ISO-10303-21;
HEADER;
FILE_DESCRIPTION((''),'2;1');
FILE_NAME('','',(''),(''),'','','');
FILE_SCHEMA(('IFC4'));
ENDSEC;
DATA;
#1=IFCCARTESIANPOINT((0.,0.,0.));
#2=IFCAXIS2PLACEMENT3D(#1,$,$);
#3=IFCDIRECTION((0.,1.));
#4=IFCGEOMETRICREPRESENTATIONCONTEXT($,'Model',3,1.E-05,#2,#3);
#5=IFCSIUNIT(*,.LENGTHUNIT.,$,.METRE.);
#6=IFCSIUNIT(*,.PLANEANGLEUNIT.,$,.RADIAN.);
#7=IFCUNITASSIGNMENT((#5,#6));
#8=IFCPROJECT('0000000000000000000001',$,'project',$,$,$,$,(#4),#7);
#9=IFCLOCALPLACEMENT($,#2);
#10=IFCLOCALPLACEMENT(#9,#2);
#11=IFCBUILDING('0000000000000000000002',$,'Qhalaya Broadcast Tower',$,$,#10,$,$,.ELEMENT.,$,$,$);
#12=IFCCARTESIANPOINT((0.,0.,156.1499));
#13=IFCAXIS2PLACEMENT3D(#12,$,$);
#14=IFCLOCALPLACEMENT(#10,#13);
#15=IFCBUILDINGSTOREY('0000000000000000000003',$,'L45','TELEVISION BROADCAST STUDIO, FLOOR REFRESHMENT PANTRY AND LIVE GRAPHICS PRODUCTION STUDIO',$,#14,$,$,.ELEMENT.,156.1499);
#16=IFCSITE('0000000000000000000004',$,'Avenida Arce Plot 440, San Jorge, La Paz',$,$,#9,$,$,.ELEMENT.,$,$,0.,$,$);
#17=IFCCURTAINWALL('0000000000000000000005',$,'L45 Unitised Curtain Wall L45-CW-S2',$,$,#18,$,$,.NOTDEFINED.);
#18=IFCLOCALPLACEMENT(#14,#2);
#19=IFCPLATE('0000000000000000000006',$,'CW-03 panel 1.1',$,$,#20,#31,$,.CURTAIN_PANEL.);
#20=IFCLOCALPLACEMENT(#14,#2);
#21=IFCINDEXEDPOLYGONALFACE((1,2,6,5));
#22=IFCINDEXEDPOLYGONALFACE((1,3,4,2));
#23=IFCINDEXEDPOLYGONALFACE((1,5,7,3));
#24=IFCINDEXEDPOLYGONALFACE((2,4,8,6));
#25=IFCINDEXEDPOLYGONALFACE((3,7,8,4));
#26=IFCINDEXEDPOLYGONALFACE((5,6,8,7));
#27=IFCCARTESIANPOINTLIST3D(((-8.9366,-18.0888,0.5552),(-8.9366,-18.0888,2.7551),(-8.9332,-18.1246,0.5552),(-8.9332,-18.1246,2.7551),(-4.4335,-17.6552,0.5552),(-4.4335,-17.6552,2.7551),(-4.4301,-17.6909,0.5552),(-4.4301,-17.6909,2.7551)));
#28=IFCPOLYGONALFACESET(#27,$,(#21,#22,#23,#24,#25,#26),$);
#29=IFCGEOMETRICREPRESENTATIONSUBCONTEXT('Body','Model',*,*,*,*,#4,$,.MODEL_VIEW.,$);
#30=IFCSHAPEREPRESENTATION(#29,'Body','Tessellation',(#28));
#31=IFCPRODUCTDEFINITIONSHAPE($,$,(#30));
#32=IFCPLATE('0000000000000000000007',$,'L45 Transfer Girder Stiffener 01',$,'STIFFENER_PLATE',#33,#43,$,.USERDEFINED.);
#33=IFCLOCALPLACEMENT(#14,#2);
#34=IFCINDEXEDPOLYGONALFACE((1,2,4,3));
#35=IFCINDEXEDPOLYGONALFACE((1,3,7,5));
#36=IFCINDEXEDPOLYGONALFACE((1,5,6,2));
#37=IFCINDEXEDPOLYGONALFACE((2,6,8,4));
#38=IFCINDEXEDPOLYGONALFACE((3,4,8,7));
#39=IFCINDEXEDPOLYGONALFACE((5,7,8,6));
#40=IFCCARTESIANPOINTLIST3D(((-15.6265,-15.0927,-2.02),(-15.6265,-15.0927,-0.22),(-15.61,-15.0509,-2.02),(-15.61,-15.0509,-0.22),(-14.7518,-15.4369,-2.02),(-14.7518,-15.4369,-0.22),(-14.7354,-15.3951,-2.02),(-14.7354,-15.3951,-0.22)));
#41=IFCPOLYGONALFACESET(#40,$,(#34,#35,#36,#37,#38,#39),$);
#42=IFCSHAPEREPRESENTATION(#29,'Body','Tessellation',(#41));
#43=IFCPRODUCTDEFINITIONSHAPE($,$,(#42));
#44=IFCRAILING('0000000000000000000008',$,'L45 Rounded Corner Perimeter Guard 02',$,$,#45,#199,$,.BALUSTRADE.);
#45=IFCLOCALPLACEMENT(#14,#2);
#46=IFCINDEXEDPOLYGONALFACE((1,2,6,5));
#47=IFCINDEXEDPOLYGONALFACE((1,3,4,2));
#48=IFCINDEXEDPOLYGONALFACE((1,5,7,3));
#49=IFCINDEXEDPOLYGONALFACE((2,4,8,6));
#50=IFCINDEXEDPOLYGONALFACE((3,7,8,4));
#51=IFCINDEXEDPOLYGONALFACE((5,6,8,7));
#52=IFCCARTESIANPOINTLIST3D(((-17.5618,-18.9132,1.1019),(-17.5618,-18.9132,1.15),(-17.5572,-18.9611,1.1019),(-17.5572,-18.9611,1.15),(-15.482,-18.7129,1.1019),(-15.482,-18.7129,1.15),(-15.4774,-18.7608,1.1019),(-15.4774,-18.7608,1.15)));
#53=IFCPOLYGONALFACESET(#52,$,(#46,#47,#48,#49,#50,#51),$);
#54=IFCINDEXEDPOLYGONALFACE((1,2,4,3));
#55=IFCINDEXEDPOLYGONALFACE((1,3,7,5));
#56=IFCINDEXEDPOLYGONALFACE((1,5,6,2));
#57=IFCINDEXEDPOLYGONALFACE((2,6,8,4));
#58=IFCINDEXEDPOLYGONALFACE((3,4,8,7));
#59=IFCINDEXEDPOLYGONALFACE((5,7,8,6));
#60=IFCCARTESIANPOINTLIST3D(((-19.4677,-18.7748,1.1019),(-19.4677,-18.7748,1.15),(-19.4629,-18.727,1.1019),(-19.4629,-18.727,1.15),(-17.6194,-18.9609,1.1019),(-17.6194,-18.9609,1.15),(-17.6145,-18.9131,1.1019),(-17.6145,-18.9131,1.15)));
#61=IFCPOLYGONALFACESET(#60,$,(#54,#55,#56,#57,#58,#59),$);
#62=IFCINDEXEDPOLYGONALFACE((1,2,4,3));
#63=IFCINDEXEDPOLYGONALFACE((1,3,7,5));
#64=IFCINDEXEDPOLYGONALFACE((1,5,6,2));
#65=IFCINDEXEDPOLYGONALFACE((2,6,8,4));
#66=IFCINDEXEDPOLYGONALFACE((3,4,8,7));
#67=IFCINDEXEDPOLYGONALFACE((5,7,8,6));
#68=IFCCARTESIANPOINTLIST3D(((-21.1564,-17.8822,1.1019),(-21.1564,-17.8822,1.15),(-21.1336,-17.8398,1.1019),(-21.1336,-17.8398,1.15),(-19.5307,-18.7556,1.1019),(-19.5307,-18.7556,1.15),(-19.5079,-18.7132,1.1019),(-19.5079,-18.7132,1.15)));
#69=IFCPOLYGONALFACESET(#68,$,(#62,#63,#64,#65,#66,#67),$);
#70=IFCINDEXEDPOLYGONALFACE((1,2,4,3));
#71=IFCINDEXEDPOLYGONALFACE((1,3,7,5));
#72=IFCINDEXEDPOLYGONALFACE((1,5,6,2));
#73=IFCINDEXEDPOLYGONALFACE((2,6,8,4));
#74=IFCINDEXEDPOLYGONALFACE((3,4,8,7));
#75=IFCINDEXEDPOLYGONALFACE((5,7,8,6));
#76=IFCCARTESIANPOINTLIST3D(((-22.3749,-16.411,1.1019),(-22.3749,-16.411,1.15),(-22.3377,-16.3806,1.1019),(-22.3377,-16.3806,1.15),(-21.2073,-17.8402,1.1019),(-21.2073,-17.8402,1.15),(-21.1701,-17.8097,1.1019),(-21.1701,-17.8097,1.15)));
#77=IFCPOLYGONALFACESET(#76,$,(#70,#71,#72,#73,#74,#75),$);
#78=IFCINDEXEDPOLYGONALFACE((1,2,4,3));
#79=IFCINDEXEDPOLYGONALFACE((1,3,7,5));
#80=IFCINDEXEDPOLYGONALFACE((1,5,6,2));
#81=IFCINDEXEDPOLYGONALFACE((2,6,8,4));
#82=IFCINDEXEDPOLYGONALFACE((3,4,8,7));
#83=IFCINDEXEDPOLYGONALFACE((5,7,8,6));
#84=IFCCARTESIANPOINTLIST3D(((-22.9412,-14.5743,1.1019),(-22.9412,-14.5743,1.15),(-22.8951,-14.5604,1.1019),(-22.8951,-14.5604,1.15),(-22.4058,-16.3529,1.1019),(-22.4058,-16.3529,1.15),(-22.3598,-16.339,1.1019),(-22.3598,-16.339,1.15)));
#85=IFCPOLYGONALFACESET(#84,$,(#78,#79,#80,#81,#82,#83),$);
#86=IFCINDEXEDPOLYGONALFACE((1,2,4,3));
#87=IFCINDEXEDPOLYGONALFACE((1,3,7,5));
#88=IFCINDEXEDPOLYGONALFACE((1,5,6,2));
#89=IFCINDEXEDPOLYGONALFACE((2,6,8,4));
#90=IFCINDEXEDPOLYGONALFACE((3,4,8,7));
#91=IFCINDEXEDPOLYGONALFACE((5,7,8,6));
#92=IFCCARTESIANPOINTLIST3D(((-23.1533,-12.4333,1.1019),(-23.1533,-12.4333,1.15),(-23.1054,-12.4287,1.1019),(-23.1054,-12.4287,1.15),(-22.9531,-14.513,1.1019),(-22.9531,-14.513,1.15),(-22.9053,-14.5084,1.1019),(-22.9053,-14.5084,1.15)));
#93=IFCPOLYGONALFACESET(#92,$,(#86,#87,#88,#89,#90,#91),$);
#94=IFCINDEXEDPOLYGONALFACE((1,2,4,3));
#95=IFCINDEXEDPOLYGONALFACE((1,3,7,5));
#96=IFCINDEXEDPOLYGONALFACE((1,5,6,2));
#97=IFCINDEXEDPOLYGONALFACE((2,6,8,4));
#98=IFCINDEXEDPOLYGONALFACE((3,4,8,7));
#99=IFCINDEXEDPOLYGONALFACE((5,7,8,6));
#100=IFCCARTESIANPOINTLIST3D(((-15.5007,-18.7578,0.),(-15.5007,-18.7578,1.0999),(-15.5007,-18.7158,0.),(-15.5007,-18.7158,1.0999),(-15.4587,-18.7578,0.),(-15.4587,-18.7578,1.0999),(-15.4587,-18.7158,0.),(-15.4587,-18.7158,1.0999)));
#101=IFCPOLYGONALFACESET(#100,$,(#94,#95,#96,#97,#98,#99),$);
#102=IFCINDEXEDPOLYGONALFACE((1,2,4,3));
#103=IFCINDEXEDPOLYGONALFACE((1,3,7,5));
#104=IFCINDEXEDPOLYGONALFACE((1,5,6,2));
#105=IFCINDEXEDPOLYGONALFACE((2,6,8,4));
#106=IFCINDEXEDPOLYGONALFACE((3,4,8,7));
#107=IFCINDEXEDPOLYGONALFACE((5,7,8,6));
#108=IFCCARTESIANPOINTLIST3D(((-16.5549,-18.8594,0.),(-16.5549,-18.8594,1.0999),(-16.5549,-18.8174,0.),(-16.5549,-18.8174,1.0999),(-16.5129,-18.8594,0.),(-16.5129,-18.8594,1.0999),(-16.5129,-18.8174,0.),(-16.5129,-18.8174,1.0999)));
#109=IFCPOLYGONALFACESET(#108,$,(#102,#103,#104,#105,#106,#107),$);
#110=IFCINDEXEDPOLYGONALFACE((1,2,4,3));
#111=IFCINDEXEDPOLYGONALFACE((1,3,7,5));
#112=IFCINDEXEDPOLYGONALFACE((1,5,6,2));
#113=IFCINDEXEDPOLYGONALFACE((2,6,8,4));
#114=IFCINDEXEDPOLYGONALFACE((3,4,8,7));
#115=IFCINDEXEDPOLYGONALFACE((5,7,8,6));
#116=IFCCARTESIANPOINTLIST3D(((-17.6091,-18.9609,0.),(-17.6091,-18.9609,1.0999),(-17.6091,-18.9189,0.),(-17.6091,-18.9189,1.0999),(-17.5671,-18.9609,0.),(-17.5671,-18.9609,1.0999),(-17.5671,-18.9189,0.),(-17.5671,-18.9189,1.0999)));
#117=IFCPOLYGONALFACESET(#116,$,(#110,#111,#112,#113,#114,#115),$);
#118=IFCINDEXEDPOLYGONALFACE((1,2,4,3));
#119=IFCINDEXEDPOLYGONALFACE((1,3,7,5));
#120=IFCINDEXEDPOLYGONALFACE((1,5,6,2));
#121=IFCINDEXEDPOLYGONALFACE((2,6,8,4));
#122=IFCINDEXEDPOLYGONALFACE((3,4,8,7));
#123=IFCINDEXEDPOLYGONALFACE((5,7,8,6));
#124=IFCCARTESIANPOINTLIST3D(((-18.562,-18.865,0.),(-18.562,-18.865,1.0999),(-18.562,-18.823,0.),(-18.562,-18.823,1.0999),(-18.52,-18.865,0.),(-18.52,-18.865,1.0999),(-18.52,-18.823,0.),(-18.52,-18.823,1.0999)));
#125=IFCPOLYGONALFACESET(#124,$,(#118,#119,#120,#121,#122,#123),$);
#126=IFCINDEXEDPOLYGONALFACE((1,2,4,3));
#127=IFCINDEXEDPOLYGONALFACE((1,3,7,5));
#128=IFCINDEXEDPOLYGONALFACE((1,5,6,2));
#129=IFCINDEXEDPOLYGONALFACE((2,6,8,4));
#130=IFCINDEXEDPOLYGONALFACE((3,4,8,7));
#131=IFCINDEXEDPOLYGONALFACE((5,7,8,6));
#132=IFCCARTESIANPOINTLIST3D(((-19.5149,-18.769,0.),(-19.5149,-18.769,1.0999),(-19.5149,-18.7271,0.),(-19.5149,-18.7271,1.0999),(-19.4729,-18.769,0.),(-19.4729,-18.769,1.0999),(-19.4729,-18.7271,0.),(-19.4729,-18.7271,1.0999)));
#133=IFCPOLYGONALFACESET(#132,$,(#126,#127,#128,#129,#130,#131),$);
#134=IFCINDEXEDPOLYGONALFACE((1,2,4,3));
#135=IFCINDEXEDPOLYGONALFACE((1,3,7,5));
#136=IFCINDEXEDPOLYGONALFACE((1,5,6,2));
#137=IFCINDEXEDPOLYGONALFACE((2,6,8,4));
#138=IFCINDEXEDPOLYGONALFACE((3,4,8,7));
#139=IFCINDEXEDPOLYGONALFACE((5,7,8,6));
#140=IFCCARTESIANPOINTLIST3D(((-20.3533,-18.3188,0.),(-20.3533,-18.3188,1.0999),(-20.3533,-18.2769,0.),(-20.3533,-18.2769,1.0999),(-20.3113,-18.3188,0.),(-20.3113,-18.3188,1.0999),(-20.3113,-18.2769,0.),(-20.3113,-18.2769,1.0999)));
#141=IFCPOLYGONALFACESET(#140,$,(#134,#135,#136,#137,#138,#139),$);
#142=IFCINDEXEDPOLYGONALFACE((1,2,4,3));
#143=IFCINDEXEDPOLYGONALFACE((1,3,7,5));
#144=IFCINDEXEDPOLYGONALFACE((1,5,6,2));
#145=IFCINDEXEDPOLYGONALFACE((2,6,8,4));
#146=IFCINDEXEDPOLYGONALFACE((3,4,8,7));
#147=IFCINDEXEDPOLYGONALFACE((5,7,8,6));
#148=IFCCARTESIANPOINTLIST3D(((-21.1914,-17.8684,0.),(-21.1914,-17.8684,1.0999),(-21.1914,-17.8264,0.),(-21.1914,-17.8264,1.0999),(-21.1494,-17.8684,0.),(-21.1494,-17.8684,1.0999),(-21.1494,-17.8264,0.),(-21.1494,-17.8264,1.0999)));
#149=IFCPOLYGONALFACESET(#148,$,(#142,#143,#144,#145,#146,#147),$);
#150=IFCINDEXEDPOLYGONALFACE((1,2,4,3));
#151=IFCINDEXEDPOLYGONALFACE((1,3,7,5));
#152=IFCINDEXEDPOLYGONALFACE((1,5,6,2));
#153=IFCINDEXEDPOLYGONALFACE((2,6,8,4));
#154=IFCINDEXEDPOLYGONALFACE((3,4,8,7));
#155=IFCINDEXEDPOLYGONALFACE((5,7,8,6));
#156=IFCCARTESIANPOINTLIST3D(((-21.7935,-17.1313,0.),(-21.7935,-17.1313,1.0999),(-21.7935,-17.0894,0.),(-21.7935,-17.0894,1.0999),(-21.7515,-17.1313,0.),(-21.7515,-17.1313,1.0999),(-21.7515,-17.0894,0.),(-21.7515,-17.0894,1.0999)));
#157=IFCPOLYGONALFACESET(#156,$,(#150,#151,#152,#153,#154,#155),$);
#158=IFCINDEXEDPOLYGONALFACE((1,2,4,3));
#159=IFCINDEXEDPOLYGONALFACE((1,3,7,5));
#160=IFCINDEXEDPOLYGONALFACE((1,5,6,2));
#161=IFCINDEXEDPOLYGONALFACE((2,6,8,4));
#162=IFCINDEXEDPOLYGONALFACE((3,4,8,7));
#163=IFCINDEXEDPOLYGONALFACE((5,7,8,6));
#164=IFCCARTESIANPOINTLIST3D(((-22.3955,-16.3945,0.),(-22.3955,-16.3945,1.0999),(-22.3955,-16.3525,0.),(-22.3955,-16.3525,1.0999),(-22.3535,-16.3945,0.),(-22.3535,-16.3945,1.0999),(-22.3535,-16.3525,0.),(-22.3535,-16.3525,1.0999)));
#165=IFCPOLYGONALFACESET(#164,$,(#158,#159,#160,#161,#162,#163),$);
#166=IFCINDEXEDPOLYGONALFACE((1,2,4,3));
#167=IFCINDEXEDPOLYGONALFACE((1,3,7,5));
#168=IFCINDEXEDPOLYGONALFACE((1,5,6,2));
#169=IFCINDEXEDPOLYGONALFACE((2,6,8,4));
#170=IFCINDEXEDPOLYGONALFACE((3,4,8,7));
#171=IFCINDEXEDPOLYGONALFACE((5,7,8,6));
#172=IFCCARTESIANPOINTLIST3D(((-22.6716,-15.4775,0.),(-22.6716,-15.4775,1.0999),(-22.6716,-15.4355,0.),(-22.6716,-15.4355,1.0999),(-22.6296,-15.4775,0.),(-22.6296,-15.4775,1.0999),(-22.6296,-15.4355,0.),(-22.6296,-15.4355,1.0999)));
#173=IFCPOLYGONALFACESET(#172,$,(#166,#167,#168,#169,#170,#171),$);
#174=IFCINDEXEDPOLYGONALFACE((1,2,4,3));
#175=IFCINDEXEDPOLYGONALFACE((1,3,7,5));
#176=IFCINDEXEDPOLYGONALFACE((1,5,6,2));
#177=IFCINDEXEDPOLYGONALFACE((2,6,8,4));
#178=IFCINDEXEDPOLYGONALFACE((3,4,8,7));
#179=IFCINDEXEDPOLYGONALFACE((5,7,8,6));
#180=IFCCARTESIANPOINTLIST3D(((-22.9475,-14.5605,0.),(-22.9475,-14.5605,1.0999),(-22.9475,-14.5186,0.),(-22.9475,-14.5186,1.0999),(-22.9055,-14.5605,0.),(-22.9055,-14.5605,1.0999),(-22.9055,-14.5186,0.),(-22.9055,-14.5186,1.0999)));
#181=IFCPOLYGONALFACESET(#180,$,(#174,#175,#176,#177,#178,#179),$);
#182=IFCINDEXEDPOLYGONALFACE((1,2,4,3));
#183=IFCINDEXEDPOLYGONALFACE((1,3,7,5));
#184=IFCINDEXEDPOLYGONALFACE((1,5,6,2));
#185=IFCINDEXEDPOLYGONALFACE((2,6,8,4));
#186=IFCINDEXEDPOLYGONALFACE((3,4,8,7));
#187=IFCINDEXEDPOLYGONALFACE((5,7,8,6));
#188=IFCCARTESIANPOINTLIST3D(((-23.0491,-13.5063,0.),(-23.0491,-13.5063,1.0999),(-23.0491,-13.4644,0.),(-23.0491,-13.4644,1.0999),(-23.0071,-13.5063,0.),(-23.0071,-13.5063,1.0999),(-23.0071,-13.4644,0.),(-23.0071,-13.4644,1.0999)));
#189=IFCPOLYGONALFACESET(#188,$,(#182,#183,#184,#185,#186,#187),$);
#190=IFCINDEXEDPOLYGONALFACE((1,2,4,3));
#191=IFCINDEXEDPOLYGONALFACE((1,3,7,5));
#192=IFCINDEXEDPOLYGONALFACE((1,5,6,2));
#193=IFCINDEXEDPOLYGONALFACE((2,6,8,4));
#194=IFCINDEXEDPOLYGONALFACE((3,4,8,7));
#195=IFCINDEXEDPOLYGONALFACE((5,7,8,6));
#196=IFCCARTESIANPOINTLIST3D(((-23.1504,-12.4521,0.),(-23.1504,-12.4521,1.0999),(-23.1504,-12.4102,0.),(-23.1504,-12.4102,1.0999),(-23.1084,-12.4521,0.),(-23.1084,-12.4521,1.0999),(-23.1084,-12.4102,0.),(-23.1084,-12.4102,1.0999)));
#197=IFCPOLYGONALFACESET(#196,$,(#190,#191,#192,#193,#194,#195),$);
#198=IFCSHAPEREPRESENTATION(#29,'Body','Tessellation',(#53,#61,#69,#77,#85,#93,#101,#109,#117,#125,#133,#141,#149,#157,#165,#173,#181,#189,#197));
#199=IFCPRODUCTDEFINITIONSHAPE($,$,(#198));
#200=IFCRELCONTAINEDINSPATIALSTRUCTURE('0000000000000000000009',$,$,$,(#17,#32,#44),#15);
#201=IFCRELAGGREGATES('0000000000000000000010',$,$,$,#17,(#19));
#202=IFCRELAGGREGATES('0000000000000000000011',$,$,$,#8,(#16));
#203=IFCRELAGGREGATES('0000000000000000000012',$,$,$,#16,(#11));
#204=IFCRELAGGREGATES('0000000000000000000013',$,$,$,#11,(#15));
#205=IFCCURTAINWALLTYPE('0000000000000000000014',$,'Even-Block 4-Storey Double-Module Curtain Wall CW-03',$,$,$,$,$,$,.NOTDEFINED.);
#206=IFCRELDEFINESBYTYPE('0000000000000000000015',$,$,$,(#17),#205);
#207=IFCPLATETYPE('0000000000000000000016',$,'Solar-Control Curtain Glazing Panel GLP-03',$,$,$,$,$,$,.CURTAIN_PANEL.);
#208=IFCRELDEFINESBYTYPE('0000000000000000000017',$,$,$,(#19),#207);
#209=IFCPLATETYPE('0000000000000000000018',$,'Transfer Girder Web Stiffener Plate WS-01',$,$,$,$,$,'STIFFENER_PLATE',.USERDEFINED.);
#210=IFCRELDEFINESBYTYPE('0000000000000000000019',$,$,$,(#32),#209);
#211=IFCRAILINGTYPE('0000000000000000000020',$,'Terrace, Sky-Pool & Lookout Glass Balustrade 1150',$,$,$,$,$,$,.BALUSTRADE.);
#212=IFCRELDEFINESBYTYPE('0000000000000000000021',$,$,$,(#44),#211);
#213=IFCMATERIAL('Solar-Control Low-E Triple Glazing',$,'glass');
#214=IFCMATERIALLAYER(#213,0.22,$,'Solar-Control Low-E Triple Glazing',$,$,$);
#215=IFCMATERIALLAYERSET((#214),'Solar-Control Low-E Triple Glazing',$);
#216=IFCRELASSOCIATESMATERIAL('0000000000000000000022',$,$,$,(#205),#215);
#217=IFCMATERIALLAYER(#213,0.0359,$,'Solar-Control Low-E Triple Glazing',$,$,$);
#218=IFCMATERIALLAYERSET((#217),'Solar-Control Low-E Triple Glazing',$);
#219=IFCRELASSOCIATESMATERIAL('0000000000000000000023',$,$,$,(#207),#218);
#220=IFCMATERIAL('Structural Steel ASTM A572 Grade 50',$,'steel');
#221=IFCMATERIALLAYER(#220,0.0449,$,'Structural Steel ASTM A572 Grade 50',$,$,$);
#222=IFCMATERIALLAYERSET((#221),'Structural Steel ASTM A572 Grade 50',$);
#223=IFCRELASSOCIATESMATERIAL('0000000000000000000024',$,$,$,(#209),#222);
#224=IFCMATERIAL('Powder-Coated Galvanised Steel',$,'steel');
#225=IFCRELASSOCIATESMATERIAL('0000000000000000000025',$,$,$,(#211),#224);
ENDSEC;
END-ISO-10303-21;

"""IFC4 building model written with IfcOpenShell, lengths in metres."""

from ifc_helpers import new_model, si_unit, direction, frame, origin, origin_2d, place, context, subcontext, project, spatial, rectangle, extrude, material, layer, layer_set, type_object, element, aggregate, save


model = new_model("IFC4")

# Units and contexts
model_context = context("Model", 3, precision=1e-05, world=origin(), true_north=direction((0.0, 1.0)))
body_context = subcontext(model_context, "Body", "Model", "MODEL_VIEW")
ifc_project = project(units=[si_unit("LENGTHUNIT", "METRE"), si_unit("PLANEANGLEUNIT", "RADIAN")], contexts=[model_context])

# Site, building, storey
site_placement = place(None, origin())
site = spatial("IfcSite", under=ifc_project, at=site_placement, Name="Avenida Arce Plot 440, San Jorge, La Paz", CompositionType="ELEMENT", RefElevation=0.0)
building_placement = place(site_placement, origin())
building = spatial("IfcBuilding", under=site, at=building_placement, Name="Qhalaya Broadcast Tower", CompositionType="ELEMENT")
storey_placement = place(building_placement, frame((0.0, 0.0, 156.1499)))
storey = spatial("IfcBuildingStorey", under=building, at=storey_placement, Name="L45", Description="TELEVISION BROADCAST STUDIO, FLOOR REFRESHMENT PANTRY AND LIVE GRAPHICS PRODUCTION STUDIO", CompositionType="ELEMENT", Elevation=156.1499)

# Shared definitions
ifc_material_1 = material(Name="Structural Steel ASTM A572 Grade 50", Category="steel")

# Curtain wall
ifc_material_2 = material(Name="Solar-Control Low-E Triple Glazing", Category="glass")
ifc_layer_1 = layer(ifc_material_2, 0.22, Name="Solar-Control Low-E Triple Glazing")
ifc_layer_set_1 = layer_set([ifc_layer_1], Name="Solar-Control Low-E Triple Glazing")
curtain_wall_type_1 = type_object("IfcCurtainWallType", Name="Even-Block 4-Storey Double-Module Curtain Wall CW-03", PredefinedType="NOTDEFINED", material=ifc_layer_set_1)
curtain_wall_1_placement = place(storey_placement, origin())
curtain_wall_1 = element("IfcCurtainWall", 1, at=curtain_wall_1_placement, inside=storey, type_object=curtain_wall_type_1, Name="L45 Unitised Curtain Wall L45-CW-S2", PredefinedType="NOTDEFINED")

# Plates
ifc_layer_2 = layer(ifc_material_2, 0.0359, Name="Solar-Control Low-E Triple Glazing")
ifc_layer_set_2 = layer_set([ifc_layer_2], Name="Solar-Control Low-E Triple Glazing")
plate_type_1 = type_object("IfcPlateType", Name="Solar-Control Curtain Glazing Panel GLP-03", PredefinedType="CURTAIN_PANEL", material=ifc_layer_set_2)
plate_1_placement = place(storey_placement, frame((-6.6833, -17.8899, 0.5552), z_axis=(0.0, 0.0, 1.0), x_axis=(0.995396, 0.095849, 0.0)))
plate_1 = element("IfcPlate", 2, at=plate_1_placement, type_object=plate_type_1, Name="CW-03 panel 1.1", PredefinedType="CURTAIN_PANEL", context=body_context, shape_type="SweptSolid", body=[
    extrude(rectangle(XDim=4.5239, YDim=0.0359, at=origin_2d()), origin(), (0.0, 0.0, 1.0), 2.2),
])
aggregate(curtain_wall_1, [plate_1])
ifc_layer_3 = layer(ifc_material_1, 0.0449, Name="Structural Steel ASTM A572 Grade 50")
ifc_layer_set_3 = layer_set([ifc_layer_3], Name="Structural Steel ASTM A572 Grade 50")
plate_type_2 = type_object("IfcPlateType", Name="Transfer Girder Web Stiffener Plate WS-01", ElementType="STIFFENER_PLATE", PredefinedType="USERDEFINED", material=ifc_layer_set_3)
plate_2_placement = place(storey_placement, frame((-15.1809, -15.2439, -2.02), z_axis=(0.0, 0.0, 1.0), x_axis=(0.93052, -0.366241, 0.0)))
element("IfcPlate", 3, at=plate_2_placement, inside=storey, type_object=plate_type_2, Name="L45 Transfer Girder Stiffener 01", ObjectType="STIFFENER_PLATE", PredefinedType="USERDEFINED", context=body_context, shape_type="SweptSolid", body=[
    extrude(rectangle(XDim=0.9399, YDim=0.0449, at=origin_2d()), origin(), (0.0, 0.0, 1.0), 1.8),
])

# Railing
ifc_material_3 = material(Name="Powder-Coated Galvanised Steel", Category="steel")
railing_type = type_object("IfcRailingType", Name="Terrace, Sky-Pool & Lookout Glass Balustrade 1150", PredefinedType="BALUSTRADE", material=ifc_material_3)
railing_placement = place(storey_placement, frame((-15.4797, -18.7368, 0.0)))
element("IfcRailing", 4, at=railing_placement, inside=storey, type_object=railing_type, Name="L45 Rounded Corner Perimeter Guard 02", PredefinedType="BALUSTRADE", context=body_context, shape_type="SweptSolid", body=[
    extrude(rectangle(XDim=0.0481, YDim=0.0481, at=origin_2d()), frame((0.0, 0.0, 1.126), z_axis=(-0.995391, -0.095897, 0.0), x_axis=(0.095897, -0.995391, 0.0)), (0.0, 0.0, 1.0), 2.0894),
    extrude(rectangle(XDim=0.0481, YDim=0.0481, at=origin_2d()), frame((-2.1372, -0.2002, 1.126), z_axis=(-0.994969, 0.100185, 0.0), x_axis=(-0.100185, -0.994969, 0.0)), (0.0, 0.0, 1.0), 1.8577),
    extrude(rectangle(XDim=0.0481, YDim=0.0481, at=origin_2d()), frame((-4.0396, 0.0024, 1.126), z_axis=(-0.880932, 0.473243, 0.0), x_axis=(-0.473243, -0.880932, 0.0)), (0.0, 0.0, 1.0), 1.8455),
    extrude(rectangle(XDim=0.0481, YDim=0.0481, at=origin_2d()), frame((-5.709, 0.9119, 1.126), z_axis=(-0.632672, 0.77442, 0.0), x_axis=(-0.77442, -0.632672, 0.0)), (0.0, 0.0, 1.0), 1.8455),
    extrude(rectangle(XDim=0.0481, YDim=0.0481, at=origin_2d()), frame((-6.9031, 2.3909, 1.126), z_axis=(-0.288213, 0.957566, 0.0), x_axis=(-0.957566, -0.288213, 0.0)), (0.0, 0.0, 1.0), 1.8574),
    extrude(rectangle(XDim=0.0481, YDim=0.0481, at=origin_2d()), frame((-7.4495, 4.2261, 1.126), z_axis=(-0.095783, 0.995402, 0.0), x_axis=(-0.995402, -0.095783, 0.0)), (0.0, 0.0, 1.0), 2.0894),
    extrude(rectangle(XDim=0.042, YDim=0.042, at=origin_2d()), origin(), (0.0, 0.0, 1.0), 1.0999),
    extrude(rectangle(XDim=0.042, YDim=0.042, at=origin_2d()), frame((-1.0542, -0.1016, 0.0)), (0.0, 0.0, 1.0), 1.0999),
    extrude(rectangle(XDim=0.042, YDim=0.042, at=origin_2d()), frame((-2.1084, -0.2031, 0.0)), (0.0, 0.0, 1.0), 1.0999),
    extrude(rectangle(XDim=0.042, YDim=0.042, at=origin_2d()), frame((-3.0613, -0.1072, 0.0)), (0.0, 0.0, 1.0), 1.0999),
    extrude(rectangle(XDim=0.042, YDim=0.042, at=origin_2d()), frame((-4.0142, -0.0112, 0.0)), (0.0, 0.0, 1.0), 1.0999),
    extrude(rectangle(XDim=0.042, YDim=0.042, at=origin_2d()), frame((-4.8525, 0.439, 0.0)), (0.0, 0.0, 1.0), 1.0999),
    extrude(rectangle(XDim=0.042, YDim=0.042, at=origin_2d()), frame((-5.6907, 0.8894, 0.0)), (0.0, 0.0, 1.0), 1.0999),
    extrude(rectangle(XDim=0.042, YDim=0.042, at=origin_2d()), frame((-6.2927, 1.6265, 0.0)), (0.0, 0.0, 1.0), 1.0999),
    extrude(rectangle(XDim=0.042, YDim=0.042, at=origin_2d()), frame((-6.8948, 2.3633, 0.0)), (0.0, 0.0, 1.0), 1.0999),
    extrude(rectangle(XDim=0.042, YDim=0.042, at=origin_2d()), frame((-7.1709, 3.2803, 0.0)), (0.0, 0.0, 1.0), 1.0999),
    extrude(rectangle(XDim=0.042, YDim=0.042, at=origin_2d()), frame((-7.4468, 4.1973, 0.0)), (0.0, 0.0, 1.0), 1.0999),
    extrude(rectangle(XDim=0.042, YDim=0.042, at=origin_2d()), frame((-7.5483, 5.2515, 0.0)), (0.0, 0.0, 1.0), 1.0999),
    extrude(rectangle(XDim=0.042, YDim=0.042, at=origin_2d()), frame((-7.6497, 6.3057, 0.0)), (0.0, 0.0, 1.0), 1.0999),
])

save(model, "model.ifc")
